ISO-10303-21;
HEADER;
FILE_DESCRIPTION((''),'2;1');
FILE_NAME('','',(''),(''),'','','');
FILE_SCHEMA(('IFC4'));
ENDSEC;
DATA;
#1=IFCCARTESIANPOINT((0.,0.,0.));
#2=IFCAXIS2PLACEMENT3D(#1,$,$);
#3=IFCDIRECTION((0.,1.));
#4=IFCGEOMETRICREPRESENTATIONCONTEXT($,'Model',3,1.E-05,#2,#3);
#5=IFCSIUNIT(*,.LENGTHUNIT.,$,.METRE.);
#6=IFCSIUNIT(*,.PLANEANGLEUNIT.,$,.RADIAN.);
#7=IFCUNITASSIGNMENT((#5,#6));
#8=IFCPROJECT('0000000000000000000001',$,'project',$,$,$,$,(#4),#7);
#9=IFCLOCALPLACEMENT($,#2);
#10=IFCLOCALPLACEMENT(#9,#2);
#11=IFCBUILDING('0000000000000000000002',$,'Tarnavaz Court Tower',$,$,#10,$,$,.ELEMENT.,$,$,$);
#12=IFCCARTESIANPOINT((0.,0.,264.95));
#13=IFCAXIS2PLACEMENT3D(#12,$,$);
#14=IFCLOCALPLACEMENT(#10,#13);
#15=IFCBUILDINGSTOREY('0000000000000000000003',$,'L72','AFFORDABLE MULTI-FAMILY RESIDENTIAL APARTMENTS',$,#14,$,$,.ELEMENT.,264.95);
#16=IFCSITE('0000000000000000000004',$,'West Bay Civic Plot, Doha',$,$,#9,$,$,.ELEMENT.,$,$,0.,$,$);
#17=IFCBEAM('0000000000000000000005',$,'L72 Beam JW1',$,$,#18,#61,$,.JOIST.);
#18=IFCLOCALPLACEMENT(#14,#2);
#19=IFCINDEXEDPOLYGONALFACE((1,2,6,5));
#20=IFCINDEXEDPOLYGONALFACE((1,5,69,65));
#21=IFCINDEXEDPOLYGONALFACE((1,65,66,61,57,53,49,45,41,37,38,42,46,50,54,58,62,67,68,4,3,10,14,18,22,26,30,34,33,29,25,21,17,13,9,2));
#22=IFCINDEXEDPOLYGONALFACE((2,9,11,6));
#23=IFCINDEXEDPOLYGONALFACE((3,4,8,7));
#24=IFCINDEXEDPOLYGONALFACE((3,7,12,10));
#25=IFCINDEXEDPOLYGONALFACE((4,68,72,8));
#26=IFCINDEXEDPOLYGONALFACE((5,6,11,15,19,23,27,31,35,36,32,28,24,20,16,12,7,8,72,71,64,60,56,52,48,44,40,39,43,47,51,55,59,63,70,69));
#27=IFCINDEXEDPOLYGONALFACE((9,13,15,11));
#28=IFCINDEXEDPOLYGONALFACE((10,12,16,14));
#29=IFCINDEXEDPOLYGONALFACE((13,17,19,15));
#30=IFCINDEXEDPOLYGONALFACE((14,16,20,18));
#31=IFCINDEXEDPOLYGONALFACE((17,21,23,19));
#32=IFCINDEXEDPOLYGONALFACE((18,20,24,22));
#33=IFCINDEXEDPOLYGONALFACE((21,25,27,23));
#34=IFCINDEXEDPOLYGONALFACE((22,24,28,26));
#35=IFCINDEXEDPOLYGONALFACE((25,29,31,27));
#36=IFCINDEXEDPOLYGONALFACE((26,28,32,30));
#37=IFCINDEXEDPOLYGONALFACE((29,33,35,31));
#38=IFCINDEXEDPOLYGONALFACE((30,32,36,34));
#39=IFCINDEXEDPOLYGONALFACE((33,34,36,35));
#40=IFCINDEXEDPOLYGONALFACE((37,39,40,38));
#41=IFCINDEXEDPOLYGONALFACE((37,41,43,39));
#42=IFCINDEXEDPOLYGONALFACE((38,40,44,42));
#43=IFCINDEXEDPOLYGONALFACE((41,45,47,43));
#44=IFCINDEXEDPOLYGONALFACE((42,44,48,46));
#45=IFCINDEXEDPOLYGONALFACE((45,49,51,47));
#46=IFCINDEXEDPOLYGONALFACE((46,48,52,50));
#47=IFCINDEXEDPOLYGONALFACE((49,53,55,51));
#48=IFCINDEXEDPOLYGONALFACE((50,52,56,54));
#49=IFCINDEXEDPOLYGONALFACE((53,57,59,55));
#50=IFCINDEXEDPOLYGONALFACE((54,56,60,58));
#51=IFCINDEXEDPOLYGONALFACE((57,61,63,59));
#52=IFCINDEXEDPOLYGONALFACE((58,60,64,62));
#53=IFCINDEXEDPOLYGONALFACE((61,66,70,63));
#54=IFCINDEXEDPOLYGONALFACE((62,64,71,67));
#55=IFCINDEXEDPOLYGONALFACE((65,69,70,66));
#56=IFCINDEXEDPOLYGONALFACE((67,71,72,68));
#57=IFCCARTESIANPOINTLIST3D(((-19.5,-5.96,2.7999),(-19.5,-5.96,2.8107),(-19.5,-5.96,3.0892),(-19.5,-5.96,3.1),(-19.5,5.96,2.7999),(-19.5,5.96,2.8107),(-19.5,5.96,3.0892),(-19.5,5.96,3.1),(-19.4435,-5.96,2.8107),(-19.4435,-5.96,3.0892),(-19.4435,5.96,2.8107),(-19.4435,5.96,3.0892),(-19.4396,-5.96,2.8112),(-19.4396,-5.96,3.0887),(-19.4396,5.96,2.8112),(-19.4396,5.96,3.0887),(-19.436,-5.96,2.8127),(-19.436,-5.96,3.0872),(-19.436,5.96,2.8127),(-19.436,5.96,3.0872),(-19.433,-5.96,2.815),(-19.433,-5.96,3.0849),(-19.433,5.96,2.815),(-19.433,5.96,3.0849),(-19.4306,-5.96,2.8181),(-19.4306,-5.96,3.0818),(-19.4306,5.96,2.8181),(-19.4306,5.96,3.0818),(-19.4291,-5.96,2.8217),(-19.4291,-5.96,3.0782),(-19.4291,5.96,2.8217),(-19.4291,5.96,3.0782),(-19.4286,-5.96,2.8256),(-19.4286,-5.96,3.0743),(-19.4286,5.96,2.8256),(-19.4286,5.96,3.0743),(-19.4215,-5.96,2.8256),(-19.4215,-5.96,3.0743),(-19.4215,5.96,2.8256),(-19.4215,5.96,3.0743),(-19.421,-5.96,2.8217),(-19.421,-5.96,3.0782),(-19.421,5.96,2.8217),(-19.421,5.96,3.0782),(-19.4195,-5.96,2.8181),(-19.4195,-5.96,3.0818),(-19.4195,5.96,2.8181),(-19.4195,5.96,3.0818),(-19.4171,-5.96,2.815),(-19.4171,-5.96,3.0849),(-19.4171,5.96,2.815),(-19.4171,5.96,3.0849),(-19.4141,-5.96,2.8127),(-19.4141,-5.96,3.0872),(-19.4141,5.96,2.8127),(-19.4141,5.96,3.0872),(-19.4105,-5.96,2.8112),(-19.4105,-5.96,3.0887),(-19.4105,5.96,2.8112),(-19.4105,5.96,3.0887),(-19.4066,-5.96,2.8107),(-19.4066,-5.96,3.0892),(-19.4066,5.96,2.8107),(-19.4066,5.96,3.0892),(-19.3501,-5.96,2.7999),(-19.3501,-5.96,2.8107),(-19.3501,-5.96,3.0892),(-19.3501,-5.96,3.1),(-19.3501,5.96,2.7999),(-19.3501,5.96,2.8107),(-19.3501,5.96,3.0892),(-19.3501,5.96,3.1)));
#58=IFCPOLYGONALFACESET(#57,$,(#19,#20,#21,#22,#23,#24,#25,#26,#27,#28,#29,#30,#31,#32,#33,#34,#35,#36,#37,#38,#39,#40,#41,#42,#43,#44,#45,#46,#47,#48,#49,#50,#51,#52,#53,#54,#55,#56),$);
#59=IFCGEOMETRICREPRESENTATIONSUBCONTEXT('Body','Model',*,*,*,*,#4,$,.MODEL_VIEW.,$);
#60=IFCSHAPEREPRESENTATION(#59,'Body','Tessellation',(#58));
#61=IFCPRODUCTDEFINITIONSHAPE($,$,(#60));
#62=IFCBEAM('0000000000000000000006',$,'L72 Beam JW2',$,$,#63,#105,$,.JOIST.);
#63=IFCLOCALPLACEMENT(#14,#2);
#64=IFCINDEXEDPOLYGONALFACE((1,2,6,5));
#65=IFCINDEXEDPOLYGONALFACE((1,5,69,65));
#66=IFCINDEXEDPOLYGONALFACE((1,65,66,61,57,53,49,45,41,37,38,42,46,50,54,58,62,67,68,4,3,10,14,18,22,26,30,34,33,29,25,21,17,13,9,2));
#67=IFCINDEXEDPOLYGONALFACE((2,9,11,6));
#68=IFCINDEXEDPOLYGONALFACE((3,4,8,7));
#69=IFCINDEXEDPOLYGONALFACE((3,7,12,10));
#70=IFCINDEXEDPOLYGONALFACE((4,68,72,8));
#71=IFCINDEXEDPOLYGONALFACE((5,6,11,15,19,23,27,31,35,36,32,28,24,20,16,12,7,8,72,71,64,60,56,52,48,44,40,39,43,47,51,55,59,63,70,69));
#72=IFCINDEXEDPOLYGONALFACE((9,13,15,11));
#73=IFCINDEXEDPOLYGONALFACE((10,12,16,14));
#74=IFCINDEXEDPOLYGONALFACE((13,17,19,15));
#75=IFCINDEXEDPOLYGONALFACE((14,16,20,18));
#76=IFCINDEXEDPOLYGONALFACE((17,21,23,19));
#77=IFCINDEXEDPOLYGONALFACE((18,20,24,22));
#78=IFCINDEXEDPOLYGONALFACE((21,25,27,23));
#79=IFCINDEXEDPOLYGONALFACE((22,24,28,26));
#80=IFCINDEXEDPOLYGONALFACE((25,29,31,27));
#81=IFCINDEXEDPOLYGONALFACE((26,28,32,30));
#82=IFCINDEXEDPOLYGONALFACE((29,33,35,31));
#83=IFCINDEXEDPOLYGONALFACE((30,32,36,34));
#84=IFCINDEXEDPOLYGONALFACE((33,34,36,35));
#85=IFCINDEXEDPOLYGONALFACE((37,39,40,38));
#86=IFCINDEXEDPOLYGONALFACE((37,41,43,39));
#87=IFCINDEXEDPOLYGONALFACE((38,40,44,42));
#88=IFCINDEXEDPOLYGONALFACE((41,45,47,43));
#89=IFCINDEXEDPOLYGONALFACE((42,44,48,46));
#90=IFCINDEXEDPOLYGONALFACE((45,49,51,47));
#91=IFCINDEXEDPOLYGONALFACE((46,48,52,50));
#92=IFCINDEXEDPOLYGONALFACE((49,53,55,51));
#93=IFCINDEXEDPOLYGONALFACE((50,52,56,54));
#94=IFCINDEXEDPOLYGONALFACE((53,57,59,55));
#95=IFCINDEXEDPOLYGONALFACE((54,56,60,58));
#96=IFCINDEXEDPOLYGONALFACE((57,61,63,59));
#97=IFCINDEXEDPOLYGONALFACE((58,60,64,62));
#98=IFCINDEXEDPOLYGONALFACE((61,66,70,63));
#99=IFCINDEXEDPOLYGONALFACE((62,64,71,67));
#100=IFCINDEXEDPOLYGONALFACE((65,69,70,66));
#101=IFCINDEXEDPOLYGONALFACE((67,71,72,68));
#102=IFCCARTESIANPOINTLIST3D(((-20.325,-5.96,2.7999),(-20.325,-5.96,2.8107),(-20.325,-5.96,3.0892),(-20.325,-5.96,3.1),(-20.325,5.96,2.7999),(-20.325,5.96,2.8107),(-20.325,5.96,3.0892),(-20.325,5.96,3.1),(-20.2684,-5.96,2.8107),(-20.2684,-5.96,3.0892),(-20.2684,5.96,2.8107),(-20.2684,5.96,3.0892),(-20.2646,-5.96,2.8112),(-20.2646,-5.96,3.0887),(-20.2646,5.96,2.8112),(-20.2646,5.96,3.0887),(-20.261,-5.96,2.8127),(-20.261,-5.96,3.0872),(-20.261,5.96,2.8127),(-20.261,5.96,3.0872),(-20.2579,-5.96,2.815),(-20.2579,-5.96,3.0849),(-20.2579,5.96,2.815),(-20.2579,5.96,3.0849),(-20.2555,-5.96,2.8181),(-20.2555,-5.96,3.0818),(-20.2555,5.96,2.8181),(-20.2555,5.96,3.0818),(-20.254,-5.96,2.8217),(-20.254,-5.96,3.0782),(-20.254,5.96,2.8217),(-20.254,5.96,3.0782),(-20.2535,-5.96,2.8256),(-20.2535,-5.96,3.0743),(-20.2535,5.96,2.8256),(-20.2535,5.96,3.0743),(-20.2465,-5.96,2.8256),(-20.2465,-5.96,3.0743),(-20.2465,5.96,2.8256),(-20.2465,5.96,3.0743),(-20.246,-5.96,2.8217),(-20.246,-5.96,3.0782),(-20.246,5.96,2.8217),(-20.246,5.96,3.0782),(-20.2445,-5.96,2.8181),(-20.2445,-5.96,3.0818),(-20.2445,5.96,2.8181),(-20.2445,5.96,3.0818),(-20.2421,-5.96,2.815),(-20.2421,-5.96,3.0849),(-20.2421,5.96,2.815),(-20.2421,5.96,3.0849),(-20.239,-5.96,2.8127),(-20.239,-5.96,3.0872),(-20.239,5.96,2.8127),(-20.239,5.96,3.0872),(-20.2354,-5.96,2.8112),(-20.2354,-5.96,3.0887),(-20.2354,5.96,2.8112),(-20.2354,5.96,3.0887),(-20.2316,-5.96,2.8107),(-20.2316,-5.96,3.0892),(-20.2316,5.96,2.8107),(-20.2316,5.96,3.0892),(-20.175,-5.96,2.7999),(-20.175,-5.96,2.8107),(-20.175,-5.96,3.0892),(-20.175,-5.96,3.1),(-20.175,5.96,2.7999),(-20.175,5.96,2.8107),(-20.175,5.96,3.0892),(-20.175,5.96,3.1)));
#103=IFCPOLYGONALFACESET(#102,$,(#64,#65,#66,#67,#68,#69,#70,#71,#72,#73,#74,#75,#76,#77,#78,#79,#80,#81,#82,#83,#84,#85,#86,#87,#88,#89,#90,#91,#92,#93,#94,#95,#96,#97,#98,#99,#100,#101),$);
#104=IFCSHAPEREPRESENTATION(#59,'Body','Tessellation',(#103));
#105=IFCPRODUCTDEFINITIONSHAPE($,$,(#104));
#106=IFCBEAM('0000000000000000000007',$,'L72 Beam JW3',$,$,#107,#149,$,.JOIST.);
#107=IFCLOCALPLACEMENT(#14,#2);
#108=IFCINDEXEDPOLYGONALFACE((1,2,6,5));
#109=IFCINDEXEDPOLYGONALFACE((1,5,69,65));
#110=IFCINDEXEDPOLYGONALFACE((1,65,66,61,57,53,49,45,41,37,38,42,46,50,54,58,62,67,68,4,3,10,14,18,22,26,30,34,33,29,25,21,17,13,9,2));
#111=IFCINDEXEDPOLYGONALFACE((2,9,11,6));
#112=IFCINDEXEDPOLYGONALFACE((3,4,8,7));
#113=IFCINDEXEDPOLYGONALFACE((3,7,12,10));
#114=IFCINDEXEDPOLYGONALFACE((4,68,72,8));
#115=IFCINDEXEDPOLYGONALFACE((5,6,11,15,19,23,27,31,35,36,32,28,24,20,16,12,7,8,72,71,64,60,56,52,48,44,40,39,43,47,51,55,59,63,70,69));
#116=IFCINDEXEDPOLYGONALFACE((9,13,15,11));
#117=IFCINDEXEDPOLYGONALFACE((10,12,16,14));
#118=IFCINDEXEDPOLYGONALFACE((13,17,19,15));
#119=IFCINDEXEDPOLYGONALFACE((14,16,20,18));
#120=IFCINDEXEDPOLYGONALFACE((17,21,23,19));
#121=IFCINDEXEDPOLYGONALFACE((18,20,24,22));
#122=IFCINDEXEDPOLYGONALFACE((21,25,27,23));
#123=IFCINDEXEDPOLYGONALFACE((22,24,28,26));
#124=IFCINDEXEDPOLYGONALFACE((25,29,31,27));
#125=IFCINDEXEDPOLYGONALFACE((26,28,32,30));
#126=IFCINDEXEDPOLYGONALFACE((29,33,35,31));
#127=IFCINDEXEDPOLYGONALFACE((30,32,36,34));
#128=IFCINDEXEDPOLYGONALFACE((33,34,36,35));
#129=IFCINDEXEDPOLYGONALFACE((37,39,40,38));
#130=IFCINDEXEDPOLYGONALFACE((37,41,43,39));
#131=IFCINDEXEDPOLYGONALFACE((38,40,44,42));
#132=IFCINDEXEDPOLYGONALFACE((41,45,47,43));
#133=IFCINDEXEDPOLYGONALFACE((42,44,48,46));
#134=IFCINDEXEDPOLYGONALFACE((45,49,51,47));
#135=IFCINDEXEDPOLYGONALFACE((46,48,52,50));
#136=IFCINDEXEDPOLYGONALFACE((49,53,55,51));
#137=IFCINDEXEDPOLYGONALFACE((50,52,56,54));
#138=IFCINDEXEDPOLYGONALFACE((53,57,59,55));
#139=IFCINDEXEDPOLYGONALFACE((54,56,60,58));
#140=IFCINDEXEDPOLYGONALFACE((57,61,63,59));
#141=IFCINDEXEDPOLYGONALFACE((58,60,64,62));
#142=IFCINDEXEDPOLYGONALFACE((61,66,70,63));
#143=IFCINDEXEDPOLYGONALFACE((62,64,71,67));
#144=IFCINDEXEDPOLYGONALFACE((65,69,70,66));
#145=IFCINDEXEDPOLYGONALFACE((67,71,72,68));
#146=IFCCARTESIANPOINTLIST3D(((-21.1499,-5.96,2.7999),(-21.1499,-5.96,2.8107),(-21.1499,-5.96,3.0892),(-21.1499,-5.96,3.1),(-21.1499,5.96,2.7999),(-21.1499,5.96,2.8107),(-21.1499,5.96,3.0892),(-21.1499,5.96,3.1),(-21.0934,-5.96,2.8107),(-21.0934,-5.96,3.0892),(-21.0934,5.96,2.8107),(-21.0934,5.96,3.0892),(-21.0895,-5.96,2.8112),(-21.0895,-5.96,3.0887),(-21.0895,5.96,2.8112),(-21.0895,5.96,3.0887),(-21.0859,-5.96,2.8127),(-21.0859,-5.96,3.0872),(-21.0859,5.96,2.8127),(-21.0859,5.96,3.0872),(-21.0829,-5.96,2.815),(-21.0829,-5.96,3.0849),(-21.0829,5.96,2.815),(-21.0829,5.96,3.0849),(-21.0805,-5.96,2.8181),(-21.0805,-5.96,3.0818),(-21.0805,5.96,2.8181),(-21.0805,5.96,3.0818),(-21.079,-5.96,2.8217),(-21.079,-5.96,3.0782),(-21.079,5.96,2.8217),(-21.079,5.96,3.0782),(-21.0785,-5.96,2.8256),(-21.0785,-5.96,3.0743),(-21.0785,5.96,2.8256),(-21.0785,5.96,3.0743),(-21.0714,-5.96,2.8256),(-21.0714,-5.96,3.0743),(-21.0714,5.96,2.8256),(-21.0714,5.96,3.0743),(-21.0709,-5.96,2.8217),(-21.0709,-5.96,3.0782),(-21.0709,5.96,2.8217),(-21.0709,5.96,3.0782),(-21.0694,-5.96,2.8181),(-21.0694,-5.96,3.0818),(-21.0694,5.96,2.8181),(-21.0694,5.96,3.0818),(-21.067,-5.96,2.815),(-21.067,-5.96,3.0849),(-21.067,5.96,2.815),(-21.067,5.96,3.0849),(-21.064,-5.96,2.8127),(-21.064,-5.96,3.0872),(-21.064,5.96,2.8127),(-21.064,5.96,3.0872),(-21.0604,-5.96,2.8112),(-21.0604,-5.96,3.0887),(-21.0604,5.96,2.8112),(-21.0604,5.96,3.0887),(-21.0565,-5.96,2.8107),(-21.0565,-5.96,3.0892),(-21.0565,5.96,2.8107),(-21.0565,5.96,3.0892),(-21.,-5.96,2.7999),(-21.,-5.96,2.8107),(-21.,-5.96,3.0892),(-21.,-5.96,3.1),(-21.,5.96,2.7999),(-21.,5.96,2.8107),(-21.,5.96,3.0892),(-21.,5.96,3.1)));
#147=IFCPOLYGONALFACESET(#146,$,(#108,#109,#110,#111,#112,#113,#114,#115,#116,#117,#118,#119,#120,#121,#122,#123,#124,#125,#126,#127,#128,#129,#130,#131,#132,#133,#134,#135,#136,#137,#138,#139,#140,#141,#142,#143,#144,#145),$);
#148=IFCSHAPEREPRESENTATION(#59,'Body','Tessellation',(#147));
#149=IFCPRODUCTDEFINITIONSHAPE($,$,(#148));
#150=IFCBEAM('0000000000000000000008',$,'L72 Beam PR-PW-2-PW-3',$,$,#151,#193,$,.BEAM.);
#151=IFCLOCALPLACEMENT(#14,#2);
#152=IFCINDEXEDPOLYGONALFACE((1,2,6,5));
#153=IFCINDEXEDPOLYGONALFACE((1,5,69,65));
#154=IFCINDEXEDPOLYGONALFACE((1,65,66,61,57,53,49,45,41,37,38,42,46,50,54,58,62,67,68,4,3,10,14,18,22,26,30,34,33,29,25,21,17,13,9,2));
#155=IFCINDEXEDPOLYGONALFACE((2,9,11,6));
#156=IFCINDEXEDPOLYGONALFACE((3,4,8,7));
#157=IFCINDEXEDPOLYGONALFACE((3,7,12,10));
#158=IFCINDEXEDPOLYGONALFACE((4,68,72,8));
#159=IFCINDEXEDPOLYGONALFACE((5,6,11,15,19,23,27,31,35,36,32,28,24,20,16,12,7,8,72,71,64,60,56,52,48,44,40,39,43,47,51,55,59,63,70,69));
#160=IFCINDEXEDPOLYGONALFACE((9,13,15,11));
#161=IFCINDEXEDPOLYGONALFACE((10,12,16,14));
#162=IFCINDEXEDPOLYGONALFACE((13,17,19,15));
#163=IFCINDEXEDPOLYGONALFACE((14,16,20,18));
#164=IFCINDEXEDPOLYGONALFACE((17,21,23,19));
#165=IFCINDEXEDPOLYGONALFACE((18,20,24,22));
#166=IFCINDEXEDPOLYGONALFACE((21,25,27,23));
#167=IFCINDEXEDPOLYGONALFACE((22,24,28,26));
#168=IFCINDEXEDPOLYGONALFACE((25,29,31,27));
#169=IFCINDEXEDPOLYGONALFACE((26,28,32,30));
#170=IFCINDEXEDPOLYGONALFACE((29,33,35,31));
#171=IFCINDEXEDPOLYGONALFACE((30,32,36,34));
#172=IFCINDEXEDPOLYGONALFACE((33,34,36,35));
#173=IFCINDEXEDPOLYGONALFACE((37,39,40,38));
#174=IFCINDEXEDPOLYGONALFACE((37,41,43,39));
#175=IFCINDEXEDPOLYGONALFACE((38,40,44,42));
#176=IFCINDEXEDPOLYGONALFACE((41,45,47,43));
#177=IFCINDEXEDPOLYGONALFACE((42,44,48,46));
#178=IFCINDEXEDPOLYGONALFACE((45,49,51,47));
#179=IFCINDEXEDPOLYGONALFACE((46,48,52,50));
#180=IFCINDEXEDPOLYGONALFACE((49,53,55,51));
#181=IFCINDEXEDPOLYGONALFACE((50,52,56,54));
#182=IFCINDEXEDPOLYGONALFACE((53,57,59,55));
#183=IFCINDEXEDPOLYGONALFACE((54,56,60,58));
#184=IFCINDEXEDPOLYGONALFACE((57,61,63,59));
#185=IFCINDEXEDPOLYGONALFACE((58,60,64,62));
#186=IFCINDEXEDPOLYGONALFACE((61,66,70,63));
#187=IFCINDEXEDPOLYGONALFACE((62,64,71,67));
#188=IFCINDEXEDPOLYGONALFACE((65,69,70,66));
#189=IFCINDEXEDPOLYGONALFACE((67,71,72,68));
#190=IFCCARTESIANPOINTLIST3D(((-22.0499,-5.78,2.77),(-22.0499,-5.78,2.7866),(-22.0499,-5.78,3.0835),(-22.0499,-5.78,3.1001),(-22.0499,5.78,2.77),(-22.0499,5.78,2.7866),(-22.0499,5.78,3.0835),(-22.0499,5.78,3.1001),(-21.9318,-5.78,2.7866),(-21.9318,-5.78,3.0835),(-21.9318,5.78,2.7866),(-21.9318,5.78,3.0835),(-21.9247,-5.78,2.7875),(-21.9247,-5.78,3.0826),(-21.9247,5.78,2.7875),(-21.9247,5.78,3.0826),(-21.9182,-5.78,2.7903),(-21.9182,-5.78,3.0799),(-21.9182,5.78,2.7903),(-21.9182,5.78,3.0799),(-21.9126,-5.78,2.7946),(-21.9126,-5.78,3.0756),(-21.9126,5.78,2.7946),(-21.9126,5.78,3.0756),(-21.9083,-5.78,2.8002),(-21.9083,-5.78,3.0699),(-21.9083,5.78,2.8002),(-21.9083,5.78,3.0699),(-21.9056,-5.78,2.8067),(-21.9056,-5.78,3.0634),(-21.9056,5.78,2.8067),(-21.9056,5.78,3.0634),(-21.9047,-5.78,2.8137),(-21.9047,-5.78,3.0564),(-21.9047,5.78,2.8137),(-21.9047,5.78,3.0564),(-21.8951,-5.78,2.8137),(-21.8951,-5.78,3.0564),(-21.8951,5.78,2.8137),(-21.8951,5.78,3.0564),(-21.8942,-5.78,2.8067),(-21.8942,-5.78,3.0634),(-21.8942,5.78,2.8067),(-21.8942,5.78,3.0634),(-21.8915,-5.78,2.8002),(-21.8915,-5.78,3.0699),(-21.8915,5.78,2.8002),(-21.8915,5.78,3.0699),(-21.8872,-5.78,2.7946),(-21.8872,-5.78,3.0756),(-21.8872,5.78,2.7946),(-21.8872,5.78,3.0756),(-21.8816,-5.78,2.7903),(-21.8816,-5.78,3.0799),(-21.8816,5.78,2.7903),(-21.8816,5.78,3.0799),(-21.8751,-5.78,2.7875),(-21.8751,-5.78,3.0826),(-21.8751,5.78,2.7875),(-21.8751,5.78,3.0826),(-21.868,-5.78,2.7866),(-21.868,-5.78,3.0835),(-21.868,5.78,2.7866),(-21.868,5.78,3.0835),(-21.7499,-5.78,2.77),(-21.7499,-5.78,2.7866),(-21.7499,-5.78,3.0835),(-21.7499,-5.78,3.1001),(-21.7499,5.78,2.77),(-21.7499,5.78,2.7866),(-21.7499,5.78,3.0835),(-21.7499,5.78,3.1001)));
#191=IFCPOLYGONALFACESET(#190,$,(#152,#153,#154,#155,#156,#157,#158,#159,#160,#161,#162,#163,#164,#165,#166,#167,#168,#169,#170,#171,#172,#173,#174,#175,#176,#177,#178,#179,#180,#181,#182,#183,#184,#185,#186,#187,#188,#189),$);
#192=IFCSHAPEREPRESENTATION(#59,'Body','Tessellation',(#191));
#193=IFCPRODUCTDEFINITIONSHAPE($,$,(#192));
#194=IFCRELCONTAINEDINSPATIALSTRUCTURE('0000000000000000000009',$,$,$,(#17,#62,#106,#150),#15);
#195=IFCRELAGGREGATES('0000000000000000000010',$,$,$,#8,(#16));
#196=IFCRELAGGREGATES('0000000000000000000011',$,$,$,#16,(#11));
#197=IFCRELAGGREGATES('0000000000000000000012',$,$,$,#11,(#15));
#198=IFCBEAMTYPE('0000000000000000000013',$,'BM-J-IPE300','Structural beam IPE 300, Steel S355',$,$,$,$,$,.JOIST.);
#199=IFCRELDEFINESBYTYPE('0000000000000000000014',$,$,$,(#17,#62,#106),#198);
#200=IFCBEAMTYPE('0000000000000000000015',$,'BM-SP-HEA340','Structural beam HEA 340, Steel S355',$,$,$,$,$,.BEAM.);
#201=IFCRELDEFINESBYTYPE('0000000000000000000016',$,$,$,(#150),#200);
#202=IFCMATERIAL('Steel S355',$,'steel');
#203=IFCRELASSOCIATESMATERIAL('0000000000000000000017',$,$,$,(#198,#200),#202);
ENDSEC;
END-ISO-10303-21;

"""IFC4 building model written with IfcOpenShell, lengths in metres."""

from ifc_helpers import new_model, si_unit, direction, frame, origin, origin_2d, place, context, subcontext, project, spatial, i_section, extrude, material, material_profile, profile_set, type_object, element, save


model = new_model("IFC4")

# Units and contexts
model_context = context("Model", 3, precision=1e-05, world=origin(), true_north=direction((0.0, 1.0)))
body_context = subcontext(model_context, "Body", "Model", "MODEL_VIEW")
ifc_project = project(units=[si_unit("LENGTHUNIT", "METRE"), si_unit("PLANEANGLEUNIT", "RADIAN")], contexts=[model_context])

# Site, building, storey
site_placement = place(None, origin())
site = spatial("IfcSite", under=ifc_project, at=site_placement, Name="West Bay Civic Plot, Doha", CompositionType="ELEMENT", RefElevation=0.0)
building_placement = place(site_placement, origin())
building = spatial("IfcBuilding", under=site, at=building_placement, Name="Tarnavaz Court Tower", CompositionType="ELEMENT")
storey_placement = place(building_placement, frame((0.0, 0.0, 264.95)))
storey = spatial("IfcBuildingStorey", under=building, at=storey_placement, Name="L72", Description="AFFORDABLE MULTI-FAMILY RESIDENTIAL APARTMENTS", CompositionType="ELEMENT", Elevation=264.95)

# Beams
ifc_material_1 = material(Name="Steel S355", Category="steel")
ifc_material_profile_1 = material_profile(ifc_material_1, i_section(OverallWidth=0.1499, OverallDepth=0.3, WebThickness=0.0071, FlangeThickness=0.0107, FilletRadius=0.0149, at=origin_2d()), Name="IPE 300")
ifc_profile_set_1 = profile_set([ifc_material_profile_1], Name="Steel S355")
beam_type_1 = type_object("IfcBeamType", Name="BM-J-IPE300", Description="Structural beam IPE 300, Steel S355", PredefinedType="JOIST", material=ifc_profile_set_1)
for number, where, z_axis, x_axis, name in (
    (1, (-19.425, -5.96, 2.95), (0.0, 1.0, 0.0), (-1.0, 0.0, 0.0), "L72 Beam JW1"),
    (2, (-20.25, -5.96, 2.95), (0.0, 1.0, 0.0), (-1.0, 0.0, 0.0), "L72 Beam JW2"),
    (3, (-21.075, -5.96, 2.95), (0.0, 1.0, 0.0), (-1.0, 0.0, 0.0), "L72 Beam JW3"),
):
    element("IfcBeam", number, at=place(storey_placement, frame(where, z_axis=z_axis, x_axis=x_axis)), inside=storey, type_object=beam_type_1, Name=name, PredefinedType="JOIST", context=body_context, shape_type="SweptSolid", body=[
        extrude(i_section(OverallWidth=0.1499, OverallDepth=0.3, WebThickness=0.0071, FlangeThickness=0.0107, FilletRadius=0.0149, at=origin_2d()), origin(), (0.0, 0.0, 1.0), 11.9199),
    ])
ifc_material_profile_2 = material_profile(ifc_material_1, i_section(OverallWidth=0.3, OverallDepth=0.3301, WebThickness=0.0095, FlangeThickness=0.0166, FilletRadius=0.0271, at=origin_2d()), Name="HEA 340")
ifc_profile_set_2 = profile_set([ifc_material_profile_2], Name="Steel S355")
beam_type_2 = type_object("IfcBeamType", Name="BM-SP-HEA340", Description="Structural beam HEA 340, Steel S355", PredefinedType="BEAM", material=ifc_profile_set_2)
beam_1_placement = place(storey_placement, frame((-21.8999, -5.78, 2.9351), z_axis=(0.0, 1.0, 0.0), x_axis=(-1.0, 0.0, 0.0)))
element("IfcBeam", 4, at=beam_1_placement, inside=storey, type_object=beam_type_2, Name="L72 Beam PR-PW-2-PW-3", PredefinedType="BEAM", context=body_context, shape_type="SweptSolid", body=[
    extrude(i_section(OverallWidth=0.3, OverallDepth=0.3301, WebThickness=0.0095, FlangeThickness=0.0166, FilletRadius=0.0271, at=origin_2d()), origin(), (0.0, 0.0, 1.0), 11.5601),
])

save(model, "model.ifc")
